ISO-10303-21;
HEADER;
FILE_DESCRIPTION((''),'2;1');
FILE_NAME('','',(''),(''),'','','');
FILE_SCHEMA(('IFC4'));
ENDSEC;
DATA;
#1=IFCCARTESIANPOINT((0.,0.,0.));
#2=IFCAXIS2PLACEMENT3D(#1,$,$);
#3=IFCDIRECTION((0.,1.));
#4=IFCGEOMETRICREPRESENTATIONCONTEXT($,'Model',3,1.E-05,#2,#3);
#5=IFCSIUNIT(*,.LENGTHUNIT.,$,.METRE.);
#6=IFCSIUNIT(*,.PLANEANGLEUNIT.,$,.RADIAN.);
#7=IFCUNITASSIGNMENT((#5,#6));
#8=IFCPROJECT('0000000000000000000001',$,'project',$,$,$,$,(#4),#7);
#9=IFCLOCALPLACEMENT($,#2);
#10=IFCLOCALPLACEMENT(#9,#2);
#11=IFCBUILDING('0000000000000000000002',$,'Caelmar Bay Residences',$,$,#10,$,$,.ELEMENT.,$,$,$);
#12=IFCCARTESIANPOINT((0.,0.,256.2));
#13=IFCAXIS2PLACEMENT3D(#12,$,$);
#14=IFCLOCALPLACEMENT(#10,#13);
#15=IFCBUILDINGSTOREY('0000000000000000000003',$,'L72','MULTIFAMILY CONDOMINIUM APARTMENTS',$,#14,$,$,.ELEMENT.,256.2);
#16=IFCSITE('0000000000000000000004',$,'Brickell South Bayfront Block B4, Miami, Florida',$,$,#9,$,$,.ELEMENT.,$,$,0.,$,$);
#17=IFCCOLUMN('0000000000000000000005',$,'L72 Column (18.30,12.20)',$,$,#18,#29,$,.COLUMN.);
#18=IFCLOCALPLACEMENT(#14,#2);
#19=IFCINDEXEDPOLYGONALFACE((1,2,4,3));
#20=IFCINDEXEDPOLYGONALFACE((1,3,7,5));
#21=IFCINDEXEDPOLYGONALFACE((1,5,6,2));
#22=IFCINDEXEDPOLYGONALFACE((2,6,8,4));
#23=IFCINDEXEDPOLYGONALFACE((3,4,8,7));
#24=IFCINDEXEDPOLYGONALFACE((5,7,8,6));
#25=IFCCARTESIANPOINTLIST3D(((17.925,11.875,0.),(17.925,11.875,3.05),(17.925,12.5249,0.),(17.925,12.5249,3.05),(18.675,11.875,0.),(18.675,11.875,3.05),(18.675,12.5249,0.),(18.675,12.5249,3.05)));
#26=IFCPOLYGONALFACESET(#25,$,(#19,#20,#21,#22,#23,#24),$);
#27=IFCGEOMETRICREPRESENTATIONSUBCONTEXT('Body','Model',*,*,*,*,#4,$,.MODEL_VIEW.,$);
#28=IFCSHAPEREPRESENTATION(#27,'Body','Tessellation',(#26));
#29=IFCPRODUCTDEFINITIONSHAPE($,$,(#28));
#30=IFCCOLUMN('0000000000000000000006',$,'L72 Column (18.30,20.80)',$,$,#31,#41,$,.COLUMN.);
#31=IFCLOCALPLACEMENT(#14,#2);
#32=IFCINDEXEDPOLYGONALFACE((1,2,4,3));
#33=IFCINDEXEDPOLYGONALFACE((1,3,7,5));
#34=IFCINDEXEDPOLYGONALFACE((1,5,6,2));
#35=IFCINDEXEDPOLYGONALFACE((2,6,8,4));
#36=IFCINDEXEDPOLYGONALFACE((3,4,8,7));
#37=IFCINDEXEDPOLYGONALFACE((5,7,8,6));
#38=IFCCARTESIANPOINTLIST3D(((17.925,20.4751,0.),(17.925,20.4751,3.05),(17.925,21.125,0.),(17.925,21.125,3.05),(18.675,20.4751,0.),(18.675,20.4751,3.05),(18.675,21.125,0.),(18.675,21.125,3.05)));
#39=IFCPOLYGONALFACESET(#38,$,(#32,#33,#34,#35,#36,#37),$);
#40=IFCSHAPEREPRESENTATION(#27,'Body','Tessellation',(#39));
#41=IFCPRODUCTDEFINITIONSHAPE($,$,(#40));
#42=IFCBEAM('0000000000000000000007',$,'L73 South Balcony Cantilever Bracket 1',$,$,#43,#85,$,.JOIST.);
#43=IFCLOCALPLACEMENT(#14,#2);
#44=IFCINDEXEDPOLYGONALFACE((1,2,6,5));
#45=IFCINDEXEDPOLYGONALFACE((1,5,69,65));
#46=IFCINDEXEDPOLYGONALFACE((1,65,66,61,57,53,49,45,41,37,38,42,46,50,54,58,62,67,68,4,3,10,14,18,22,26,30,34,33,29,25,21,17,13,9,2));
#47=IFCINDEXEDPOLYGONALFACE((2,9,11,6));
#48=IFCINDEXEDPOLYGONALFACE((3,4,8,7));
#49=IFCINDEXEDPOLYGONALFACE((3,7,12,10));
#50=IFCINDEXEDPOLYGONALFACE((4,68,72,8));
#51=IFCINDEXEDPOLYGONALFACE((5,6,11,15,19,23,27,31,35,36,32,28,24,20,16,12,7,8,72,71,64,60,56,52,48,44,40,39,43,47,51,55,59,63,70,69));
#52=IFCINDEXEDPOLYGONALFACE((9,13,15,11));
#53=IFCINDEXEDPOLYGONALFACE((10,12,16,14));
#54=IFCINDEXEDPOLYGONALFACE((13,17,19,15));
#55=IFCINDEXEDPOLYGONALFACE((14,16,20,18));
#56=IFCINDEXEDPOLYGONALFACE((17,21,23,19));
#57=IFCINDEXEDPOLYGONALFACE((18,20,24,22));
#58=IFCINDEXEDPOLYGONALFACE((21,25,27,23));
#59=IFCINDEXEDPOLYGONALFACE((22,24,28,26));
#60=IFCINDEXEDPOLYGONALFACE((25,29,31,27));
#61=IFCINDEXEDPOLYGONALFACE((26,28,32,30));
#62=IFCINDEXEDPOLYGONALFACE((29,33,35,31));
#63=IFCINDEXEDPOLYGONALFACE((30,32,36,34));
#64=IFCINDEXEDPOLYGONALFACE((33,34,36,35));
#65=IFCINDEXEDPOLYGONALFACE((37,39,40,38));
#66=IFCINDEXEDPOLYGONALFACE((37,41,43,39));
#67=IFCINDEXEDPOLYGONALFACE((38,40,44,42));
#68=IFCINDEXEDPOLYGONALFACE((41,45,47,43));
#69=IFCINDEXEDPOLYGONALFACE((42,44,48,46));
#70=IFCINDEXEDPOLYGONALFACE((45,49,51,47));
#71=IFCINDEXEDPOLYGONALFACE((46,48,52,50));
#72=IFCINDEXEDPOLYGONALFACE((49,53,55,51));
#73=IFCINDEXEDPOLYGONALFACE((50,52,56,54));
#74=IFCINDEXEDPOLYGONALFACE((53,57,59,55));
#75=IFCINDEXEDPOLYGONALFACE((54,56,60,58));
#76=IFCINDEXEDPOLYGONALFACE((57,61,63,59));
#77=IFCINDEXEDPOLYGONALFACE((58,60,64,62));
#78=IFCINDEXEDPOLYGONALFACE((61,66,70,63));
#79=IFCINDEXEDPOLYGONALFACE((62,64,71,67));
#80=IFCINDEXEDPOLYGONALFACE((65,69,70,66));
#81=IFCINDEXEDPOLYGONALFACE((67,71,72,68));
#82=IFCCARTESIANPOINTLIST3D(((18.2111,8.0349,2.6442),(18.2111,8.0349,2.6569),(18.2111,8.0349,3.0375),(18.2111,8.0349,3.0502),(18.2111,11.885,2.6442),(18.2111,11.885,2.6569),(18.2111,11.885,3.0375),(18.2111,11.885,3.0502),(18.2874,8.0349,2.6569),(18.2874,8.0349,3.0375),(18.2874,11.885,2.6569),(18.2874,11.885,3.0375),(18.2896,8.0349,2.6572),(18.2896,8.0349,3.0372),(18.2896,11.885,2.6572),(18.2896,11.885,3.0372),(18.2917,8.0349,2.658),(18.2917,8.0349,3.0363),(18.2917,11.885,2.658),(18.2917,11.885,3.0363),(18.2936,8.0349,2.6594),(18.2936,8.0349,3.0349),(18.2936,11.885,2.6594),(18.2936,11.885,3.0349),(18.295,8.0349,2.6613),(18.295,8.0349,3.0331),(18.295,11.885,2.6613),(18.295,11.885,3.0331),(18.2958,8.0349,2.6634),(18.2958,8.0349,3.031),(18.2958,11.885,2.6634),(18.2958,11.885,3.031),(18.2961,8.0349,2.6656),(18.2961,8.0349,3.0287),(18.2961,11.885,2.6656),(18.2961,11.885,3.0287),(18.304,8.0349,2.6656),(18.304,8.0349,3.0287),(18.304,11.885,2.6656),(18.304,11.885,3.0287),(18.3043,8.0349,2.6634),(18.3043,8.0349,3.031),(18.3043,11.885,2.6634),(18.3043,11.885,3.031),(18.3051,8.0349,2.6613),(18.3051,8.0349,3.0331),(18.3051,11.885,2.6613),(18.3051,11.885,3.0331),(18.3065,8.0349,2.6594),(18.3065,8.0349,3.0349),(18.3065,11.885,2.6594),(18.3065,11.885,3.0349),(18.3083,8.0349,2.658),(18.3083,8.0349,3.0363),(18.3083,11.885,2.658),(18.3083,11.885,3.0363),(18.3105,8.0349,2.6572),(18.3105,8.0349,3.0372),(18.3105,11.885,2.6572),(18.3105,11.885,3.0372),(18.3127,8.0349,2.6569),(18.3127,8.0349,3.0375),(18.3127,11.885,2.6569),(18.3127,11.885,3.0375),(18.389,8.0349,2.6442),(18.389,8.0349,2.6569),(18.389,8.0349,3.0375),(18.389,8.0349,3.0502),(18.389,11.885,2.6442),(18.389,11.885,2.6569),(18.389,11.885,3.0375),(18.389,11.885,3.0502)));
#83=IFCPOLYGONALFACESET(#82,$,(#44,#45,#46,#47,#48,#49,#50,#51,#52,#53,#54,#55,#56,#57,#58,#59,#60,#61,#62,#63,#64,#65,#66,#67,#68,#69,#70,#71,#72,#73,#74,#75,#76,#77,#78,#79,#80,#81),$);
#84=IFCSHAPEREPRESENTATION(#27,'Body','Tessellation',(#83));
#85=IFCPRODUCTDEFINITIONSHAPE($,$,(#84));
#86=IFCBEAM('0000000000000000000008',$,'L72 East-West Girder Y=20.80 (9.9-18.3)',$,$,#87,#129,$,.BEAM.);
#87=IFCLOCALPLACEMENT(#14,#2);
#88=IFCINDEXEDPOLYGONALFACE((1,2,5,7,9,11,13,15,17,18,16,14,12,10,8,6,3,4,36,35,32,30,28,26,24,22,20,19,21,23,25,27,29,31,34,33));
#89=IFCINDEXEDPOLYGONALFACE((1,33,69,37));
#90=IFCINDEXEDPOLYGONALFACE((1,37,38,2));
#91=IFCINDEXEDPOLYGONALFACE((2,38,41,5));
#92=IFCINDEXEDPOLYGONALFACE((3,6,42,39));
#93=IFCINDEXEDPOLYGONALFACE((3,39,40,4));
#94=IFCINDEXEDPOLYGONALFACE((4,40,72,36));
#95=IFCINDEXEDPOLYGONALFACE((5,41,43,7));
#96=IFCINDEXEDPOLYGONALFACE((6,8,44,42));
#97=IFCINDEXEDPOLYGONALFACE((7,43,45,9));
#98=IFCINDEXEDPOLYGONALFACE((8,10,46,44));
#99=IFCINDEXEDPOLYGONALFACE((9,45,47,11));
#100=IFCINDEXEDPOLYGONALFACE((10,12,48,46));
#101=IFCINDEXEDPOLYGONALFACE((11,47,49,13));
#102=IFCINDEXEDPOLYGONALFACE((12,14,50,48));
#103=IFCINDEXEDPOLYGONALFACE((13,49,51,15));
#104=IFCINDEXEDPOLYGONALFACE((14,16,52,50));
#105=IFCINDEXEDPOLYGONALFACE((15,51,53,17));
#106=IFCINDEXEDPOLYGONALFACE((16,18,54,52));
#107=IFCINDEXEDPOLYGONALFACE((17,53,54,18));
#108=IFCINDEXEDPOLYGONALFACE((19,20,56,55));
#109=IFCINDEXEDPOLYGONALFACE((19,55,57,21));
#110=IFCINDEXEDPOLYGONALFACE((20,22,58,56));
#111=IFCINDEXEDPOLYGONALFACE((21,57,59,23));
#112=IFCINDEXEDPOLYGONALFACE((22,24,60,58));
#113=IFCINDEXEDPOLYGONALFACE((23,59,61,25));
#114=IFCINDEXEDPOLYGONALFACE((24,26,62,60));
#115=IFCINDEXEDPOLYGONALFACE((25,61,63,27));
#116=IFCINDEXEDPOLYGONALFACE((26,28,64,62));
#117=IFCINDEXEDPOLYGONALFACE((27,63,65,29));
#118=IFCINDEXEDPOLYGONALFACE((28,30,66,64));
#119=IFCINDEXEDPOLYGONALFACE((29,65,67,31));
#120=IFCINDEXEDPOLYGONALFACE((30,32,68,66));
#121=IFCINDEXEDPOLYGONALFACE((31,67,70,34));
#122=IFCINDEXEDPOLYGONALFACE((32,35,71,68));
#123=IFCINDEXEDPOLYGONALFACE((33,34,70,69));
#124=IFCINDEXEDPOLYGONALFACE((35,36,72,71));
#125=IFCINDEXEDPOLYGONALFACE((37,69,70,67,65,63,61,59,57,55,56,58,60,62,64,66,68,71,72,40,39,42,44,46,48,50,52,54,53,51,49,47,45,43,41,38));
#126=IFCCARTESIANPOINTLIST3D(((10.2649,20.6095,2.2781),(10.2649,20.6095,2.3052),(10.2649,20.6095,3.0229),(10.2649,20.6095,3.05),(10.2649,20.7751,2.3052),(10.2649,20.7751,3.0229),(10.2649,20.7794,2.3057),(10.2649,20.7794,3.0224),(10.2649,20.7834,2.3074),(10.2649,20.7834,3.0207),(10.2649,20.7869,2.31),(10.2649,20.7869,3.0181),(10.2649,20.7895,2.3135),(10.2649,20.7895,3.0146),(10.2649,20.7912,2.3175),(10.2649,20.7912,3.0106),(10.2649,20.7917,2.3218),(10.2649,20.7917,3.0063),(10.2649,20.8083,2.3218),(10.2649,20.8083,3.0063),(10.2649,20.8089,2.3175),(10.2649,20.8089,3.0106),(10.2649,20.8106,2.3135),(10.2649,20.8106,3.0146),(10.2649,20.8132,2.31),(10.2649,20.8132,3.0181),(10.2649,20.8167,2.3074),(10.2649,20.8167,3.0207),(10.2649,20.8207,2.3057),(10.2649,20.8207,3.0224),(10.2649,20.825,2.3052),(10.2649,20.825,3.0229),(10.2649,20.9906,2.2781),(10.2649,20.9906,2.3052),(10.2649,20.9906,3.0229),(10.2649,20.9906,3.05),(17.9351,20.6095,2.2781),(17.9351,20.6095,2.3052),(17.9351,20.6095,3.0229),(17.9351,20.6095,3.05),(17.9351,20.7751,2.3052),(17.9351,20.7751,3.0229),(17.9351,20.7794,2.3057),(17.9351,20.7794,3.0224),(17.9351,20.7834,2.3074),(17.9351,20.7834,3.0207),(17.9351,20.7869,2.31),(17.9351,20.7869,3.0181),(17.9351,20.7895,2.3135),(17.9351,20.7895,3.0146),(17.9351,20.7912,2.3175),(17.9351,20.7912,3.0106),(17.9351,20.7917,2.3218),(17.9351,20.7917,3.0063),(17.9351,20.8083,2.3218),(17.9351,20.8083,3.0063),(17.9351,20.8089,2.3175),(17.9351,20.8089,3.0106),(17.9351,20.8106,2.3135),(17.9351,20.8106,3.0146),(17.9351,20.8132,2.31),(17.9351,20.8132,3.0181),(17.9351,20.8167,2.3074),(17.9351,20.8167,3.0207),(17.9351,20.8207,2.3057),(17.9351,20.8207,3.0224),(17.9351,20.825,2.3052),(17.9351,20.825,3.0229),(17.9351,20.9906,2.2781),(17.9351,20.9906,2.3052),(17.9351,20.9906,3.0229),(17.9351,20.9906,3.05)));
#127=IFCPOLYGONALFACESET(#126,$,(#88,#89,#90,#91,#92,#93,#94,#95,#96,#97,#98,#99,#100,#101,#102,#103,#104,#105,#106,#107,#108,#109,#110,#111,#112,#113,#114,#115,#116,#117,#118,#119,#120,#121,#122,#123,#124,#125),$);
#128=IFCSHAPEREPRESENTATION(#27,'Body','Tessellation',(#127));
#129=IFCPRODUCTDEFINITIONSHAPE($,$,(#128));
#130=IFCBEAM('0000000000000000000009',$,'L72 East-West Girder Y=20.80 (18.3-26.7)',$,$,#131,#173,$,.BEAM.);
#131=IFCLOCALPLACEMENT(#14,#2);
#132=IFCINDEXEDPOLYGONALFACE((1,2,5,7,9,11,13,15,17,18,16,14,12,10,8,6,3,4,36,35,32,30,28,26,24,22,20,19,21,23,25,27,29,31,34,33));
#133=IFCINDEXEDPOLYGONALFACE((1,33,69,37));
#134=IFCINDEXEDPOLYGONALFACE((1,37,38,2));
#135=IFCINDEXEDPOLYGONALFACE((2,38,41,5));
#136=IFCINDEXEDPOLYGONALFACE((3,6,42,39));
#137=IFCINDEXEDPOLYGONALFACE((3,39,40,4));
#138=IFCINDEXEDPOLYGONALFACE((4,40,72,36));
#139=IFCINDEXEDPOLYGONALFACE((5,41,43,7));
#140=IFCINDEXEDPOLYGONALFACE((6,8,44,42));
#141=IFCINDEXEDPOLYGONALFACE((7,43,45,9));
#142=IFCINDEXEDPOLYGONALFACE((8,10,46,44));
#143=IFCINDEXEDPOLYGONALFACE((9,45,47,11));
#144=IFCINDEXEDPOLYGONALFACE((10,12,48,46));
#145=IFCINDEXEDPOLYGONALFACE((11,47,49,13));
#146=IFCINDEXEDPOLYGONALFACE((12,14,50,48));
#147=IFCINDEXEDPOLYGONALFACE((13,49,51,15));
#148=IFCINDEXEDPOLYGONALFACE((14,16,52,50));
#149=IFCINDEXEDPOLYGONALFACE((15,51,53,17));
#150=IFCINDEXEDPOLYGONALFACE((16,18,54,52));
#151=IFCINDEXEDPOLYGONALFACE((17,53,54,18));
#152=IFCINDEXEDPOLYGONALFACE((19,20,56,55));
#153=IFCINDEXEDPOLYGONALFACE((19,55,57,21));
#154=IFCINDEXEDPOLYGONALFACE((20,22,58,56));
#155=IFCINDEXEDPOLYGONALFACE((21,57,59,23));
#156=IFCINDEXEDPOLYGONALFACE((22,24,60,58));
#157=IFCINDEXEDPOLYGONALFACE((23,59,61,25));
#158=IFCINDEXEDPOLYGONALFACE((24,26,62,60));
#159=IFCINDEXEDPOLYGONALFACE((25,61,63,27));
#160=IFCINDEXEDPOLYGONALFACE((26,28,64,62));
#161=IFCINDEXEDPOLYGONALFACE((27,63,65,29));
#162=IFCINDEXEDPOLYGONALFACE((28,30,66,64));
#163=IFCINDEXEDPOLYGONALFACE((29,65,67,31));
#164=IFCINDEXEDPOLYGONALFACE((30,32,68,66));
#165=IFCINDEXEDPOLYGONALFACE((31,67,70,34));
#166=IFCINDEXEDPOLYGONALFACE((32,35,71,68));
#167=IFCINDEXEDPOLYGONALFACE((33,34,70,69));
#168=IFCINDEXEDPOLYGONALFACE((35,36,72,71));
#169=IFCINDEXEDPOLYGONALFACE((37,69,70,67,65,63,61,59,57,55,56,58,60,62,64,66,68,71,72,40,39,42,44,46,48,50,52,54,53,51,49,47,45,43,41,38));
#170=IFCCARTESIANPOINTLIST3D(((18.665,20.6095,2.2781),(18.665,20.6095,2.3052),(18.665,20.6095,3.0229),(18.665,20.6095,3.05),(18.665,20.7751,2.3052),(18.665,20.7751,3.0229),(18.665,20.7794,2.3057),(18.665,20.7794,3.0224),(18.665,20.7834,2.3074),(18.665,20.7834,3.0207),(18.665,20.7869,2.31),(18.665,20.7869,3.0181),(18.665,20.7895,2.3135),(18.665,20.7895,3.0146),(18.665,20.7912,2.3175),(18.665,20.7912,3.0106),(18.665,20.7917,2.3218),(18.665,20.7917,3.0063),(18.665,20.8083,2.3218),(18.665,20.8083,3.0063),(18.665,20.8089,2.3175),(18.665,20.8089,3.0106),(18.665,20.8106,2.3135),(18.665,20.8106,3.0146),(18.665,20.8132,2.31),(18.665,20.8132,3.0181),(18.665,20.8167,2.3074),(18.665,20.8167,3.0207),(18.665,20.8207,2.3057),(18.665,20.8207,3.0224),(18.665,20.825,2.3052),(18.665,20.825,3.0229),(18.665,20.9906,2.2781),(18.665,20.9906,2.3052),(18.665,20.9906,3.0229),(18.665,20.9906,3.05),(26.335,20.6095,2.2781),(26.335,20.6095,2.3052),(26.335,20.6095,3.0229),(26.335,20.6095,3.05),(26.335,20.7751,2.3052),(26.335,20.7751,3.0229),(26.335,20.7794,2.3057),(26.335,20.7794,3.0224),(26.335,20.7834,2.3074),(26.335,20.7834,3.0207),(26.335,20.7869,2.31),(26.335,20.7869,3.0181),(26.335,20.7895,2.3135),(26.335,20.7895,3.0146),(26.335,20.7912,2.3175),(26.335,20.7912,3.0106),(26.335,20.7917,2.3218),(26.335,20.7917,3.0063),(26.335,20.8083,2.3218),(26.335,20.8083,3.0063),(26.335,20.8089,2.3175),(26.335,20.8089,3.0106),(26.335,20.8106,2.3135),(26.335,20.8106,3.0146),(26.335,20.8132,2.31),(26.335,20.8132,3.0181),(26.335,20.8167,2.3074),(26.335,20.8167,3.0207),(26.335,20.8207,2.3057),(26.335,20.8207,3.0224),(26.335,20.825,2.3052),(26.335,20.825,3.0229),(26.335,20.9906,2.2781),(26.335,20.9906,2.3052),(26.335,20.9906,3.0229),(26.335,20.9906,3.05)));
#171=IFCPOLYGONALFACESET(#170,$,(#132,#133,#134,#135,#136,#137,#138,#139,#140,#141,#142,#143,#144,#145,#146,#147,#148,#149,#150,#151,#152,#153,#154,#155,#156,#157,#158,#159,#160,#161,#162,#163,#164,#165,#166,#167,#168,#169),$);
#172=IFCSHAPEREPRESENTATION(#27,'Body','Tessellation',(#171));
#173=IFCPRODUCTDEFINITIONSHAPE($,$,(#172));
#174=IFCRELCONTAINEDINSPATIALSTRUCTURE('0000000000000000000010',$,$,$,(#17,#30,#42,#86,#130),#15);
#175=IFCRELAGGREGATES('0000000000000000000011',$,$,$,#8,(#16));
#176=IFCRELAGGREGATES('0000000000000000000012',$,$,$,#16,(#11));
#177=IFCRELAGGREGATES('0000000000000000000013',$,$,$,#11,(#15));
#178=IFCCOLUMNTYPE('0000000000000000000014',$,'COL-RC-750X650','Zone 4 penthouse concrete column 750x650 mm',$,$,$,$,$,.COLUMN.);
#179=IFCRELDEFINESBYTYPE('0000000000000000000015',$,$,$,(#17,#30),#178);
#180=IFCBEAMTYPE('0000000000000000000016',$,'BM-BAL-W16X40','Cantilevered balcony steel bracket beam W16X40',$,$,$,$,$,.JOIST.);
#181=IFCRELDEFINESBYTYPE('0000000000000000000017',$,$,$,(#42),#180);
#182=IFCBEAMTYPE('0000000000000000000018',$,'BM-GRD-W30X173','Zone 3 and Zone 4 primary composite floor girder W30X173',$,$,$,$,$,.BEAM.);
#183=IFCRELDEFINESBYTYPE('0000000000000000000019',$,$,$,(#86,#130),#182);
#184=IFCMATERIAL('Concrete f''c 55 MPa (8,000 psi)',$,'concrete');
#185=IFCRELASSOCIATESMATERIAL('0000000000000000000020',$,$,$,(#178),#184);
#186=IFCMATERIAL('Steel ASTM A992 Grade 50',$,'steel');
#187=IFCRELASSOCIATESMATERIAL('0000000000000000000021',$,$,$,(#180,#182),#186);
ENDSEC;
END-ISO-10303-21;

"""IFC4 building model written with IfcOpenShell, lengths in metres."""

from ifc_helpers import new_model, si_unit, direction, frame, origin, origin_2d, place, context, subcontext, project, spatial, rectangle, i_section, extrude, material, material_profile, profile_set, type_object, element, save


model = new_model("IFC4")

# Units and contexts
model_context = context("Model", 3, precision=1e-05, world=origin(), true_north=direction((0.0, 1.0)))
body_context = subcontext(model_context, "Body", "Model", "MODEL_VIEW")
ifc_project = project(units=[si_unit("LENGTHUNIT", "METRE"), si_unit("PLANEANGLEUNIT", "RADIAN")], contexts=[model_context])

# Site, building, storey
site_placement = place(None, origin())
site = spatial("IfcSite", under=ifc_project, at=site_placement, Name="Brickell South Bayfront Block B4, Miami, Florida", CompositionType="ELEMENT", RefElevation=0.0)
building_placement = place(site_placement, origin())
building = spatial("IfcBuilding", under=site, at=building_placement, Name="Caelmar Bay Residences", CompositionType="ELEMENT")
storey_placement = place(building_placement, frame((0.0, 0.0, 256.2)))
storey = spatial("IfcBuildingStorey", under=building, at=storey_placement, Name="L72", Description="MULTIFAMILY CONDOMINIUM APARTMENTS", CompositionType="ELEMENT", Elevation=256.2)

# Columns
ifc_material_1 = material(Name="Concrete f'c 55 MPa (8,000 psi)", Category="concrete")
ifc_material_profile_1 = material_profile(ifc_material_1, rectangle(XDim=0.75, YDim=0.6499, at=origin_2d()), Name="RC-COL-750X650")
ifc_profile_set_1 = profile_set([ifc_material_profile_1], Name="Concrete f'c 55 MPa (8,000 psi)")
column_type = type_object("IfcColumnType", Name="COL-RC-750X650", Description="Zone 4 penthouse concrete column 750x650 mm", PredefinedType="COLUMN", material=ifc_profile_set_1)
for number, where, z_axis, x_axis, name in (
    (1, (18.3, 12.2, 0.0), (0.0, 0.0, 1.0), (1.0, 0.0, 0.0), "L72 Column (18.30,12.20)"),
    (2, (18.3, 20.8, 0.0), (0.0, 0.0, 1.0), (1.0, 0.0, 0.0), "L72 Column (18.30,20.80)"),
):
    element("IfcColumn", number, at=place(storey_placement, frame(where, z_axis=z_axis, x_axis=x_axis)), inside=storey, type_object=column_type, Name=name, PredefinedType="COLUMN", context=body_context, shape_type="SweptSolid", body=[
        extrude(rectangle(XDim=0.75, YDim=0.6499, at=origin_2d()), origin(), (0.0, 0.0, 1.0), 3.05),
    ])

# Beams
ifc_material_2 = material(Name="Steel ASTM A992 Grade 50", Category="steel")
ifc_material_profile_2 = material_profile(ifc_material_2, i_section(OverallWidth=0.178, OverallDepth=0.406, WebThickness=0.0078, FlangeThickness=0.0127, FilletRadius=0.0088, at=origin_2d()), Name="W16X40")
ifc_profile_set_2 = profile_set([ifc_material_profile_2], Name="Steel ASTM A992 Grade 50")
beam_type_1 = type_object("IfcBeamType", Name="BM-BAL-W16X40", Description="Cantilevered balcony steel bracket beam W16X40", PredefinedType="JOIST", material=ifc_profile_set_2)
beam_1_placement = place(storey_placement, frame((18.3, 11.885, 2.8472), z_axis=(0.0, -1.0, 0.0), x_axis=(1.0, 0.0, 0.0)))
element("IfcBeam", 3, at=beam_1_placement, inside=storey, type_object=beam_type_1, Name="L73 South Balcony Cantilever Bracket 1", PredefinedType="JOIST", context=body_context, shape_type="SweptSolid", body=[
    extrude(i_section(OverallWidth=0.178, OverallDepth=0.406, WebThickness=0.0078, FlangeThickness=0.0127, FilletRadius=0.0088, at=origin_2d()), origin(), (0.0, 0.0, 1.0), 3.8501),
])
ifc_material_profile_3 = material_profile(ifc_material_2, i_section(OverallWidth=0.3811, OverallDepth=0.772, WebThickness=0.0166, FlangeThickness=0.0271, FilletRadius=0.0166, at=origin_2d()), Name="W30X173")
ifc_profile_set_3 = profile_set([ifc_material_profile_3], Name="Steel ASTM A992 Grade 50")
beam_type_2 = type_object("IfcBeamType", Name="BM-GRD-W30X173", Description="Zone 3 and Zone 4 primary composite floor girder W30X173", PredefinedType="BEAM", material=ifc_profile_set_3)
beam_2_placement = place(storey_placement, frame((10.2649, 20.8, 2.6641), z_axis=(1.0, 0.0, 0.0), x_axis=(0.0, 1.0, 0.0)))
element("IfcBeam", 4, at=beam_2_placement, inside=storey, type_object=beam_type_2, Name="L72 East-West Girder Y=20.80 (9.9-18.3)", PredefinedType="BEAM", context=body_context, shape_type="SweptSolid", body=[
    extrude(i_section(OverallWidth=0.3811, OverallDepth=0.772, WebThickness=0.0166, FlangeThickness=0.0271, FilletRadius=0.0166, at=origin_2d()), origin(), (0.0, 0.0, 1.0), 7.6702),
])
beam_3_placement = place(storey_placement, frame((18.665, 20.8, 2.6641), z_axis=(1.0, 0.0, 0.0), x_axis=(0.0, 1.0, 0.0)))
element("IfcBeam", 5, at=beam_3_placement, inside=storey, type_object=beam_type_2, Name="L72 East-West Girder Y=20.80 (18.3-26.7)", PredefinedType="BEAM", context=body_context, shape_type="SweptSolid", body=[
    extrude(i_section(OverallWidth=0.3811, OverallDepth=0.772, WebThickness=0.0166, FlangeThickness=0.0271, FilletRadius=0.0166, at=origin_2d()), origin(), (0.0, 0.0, 1.0), 7.6699),
])

save(model, "model.ifc")
